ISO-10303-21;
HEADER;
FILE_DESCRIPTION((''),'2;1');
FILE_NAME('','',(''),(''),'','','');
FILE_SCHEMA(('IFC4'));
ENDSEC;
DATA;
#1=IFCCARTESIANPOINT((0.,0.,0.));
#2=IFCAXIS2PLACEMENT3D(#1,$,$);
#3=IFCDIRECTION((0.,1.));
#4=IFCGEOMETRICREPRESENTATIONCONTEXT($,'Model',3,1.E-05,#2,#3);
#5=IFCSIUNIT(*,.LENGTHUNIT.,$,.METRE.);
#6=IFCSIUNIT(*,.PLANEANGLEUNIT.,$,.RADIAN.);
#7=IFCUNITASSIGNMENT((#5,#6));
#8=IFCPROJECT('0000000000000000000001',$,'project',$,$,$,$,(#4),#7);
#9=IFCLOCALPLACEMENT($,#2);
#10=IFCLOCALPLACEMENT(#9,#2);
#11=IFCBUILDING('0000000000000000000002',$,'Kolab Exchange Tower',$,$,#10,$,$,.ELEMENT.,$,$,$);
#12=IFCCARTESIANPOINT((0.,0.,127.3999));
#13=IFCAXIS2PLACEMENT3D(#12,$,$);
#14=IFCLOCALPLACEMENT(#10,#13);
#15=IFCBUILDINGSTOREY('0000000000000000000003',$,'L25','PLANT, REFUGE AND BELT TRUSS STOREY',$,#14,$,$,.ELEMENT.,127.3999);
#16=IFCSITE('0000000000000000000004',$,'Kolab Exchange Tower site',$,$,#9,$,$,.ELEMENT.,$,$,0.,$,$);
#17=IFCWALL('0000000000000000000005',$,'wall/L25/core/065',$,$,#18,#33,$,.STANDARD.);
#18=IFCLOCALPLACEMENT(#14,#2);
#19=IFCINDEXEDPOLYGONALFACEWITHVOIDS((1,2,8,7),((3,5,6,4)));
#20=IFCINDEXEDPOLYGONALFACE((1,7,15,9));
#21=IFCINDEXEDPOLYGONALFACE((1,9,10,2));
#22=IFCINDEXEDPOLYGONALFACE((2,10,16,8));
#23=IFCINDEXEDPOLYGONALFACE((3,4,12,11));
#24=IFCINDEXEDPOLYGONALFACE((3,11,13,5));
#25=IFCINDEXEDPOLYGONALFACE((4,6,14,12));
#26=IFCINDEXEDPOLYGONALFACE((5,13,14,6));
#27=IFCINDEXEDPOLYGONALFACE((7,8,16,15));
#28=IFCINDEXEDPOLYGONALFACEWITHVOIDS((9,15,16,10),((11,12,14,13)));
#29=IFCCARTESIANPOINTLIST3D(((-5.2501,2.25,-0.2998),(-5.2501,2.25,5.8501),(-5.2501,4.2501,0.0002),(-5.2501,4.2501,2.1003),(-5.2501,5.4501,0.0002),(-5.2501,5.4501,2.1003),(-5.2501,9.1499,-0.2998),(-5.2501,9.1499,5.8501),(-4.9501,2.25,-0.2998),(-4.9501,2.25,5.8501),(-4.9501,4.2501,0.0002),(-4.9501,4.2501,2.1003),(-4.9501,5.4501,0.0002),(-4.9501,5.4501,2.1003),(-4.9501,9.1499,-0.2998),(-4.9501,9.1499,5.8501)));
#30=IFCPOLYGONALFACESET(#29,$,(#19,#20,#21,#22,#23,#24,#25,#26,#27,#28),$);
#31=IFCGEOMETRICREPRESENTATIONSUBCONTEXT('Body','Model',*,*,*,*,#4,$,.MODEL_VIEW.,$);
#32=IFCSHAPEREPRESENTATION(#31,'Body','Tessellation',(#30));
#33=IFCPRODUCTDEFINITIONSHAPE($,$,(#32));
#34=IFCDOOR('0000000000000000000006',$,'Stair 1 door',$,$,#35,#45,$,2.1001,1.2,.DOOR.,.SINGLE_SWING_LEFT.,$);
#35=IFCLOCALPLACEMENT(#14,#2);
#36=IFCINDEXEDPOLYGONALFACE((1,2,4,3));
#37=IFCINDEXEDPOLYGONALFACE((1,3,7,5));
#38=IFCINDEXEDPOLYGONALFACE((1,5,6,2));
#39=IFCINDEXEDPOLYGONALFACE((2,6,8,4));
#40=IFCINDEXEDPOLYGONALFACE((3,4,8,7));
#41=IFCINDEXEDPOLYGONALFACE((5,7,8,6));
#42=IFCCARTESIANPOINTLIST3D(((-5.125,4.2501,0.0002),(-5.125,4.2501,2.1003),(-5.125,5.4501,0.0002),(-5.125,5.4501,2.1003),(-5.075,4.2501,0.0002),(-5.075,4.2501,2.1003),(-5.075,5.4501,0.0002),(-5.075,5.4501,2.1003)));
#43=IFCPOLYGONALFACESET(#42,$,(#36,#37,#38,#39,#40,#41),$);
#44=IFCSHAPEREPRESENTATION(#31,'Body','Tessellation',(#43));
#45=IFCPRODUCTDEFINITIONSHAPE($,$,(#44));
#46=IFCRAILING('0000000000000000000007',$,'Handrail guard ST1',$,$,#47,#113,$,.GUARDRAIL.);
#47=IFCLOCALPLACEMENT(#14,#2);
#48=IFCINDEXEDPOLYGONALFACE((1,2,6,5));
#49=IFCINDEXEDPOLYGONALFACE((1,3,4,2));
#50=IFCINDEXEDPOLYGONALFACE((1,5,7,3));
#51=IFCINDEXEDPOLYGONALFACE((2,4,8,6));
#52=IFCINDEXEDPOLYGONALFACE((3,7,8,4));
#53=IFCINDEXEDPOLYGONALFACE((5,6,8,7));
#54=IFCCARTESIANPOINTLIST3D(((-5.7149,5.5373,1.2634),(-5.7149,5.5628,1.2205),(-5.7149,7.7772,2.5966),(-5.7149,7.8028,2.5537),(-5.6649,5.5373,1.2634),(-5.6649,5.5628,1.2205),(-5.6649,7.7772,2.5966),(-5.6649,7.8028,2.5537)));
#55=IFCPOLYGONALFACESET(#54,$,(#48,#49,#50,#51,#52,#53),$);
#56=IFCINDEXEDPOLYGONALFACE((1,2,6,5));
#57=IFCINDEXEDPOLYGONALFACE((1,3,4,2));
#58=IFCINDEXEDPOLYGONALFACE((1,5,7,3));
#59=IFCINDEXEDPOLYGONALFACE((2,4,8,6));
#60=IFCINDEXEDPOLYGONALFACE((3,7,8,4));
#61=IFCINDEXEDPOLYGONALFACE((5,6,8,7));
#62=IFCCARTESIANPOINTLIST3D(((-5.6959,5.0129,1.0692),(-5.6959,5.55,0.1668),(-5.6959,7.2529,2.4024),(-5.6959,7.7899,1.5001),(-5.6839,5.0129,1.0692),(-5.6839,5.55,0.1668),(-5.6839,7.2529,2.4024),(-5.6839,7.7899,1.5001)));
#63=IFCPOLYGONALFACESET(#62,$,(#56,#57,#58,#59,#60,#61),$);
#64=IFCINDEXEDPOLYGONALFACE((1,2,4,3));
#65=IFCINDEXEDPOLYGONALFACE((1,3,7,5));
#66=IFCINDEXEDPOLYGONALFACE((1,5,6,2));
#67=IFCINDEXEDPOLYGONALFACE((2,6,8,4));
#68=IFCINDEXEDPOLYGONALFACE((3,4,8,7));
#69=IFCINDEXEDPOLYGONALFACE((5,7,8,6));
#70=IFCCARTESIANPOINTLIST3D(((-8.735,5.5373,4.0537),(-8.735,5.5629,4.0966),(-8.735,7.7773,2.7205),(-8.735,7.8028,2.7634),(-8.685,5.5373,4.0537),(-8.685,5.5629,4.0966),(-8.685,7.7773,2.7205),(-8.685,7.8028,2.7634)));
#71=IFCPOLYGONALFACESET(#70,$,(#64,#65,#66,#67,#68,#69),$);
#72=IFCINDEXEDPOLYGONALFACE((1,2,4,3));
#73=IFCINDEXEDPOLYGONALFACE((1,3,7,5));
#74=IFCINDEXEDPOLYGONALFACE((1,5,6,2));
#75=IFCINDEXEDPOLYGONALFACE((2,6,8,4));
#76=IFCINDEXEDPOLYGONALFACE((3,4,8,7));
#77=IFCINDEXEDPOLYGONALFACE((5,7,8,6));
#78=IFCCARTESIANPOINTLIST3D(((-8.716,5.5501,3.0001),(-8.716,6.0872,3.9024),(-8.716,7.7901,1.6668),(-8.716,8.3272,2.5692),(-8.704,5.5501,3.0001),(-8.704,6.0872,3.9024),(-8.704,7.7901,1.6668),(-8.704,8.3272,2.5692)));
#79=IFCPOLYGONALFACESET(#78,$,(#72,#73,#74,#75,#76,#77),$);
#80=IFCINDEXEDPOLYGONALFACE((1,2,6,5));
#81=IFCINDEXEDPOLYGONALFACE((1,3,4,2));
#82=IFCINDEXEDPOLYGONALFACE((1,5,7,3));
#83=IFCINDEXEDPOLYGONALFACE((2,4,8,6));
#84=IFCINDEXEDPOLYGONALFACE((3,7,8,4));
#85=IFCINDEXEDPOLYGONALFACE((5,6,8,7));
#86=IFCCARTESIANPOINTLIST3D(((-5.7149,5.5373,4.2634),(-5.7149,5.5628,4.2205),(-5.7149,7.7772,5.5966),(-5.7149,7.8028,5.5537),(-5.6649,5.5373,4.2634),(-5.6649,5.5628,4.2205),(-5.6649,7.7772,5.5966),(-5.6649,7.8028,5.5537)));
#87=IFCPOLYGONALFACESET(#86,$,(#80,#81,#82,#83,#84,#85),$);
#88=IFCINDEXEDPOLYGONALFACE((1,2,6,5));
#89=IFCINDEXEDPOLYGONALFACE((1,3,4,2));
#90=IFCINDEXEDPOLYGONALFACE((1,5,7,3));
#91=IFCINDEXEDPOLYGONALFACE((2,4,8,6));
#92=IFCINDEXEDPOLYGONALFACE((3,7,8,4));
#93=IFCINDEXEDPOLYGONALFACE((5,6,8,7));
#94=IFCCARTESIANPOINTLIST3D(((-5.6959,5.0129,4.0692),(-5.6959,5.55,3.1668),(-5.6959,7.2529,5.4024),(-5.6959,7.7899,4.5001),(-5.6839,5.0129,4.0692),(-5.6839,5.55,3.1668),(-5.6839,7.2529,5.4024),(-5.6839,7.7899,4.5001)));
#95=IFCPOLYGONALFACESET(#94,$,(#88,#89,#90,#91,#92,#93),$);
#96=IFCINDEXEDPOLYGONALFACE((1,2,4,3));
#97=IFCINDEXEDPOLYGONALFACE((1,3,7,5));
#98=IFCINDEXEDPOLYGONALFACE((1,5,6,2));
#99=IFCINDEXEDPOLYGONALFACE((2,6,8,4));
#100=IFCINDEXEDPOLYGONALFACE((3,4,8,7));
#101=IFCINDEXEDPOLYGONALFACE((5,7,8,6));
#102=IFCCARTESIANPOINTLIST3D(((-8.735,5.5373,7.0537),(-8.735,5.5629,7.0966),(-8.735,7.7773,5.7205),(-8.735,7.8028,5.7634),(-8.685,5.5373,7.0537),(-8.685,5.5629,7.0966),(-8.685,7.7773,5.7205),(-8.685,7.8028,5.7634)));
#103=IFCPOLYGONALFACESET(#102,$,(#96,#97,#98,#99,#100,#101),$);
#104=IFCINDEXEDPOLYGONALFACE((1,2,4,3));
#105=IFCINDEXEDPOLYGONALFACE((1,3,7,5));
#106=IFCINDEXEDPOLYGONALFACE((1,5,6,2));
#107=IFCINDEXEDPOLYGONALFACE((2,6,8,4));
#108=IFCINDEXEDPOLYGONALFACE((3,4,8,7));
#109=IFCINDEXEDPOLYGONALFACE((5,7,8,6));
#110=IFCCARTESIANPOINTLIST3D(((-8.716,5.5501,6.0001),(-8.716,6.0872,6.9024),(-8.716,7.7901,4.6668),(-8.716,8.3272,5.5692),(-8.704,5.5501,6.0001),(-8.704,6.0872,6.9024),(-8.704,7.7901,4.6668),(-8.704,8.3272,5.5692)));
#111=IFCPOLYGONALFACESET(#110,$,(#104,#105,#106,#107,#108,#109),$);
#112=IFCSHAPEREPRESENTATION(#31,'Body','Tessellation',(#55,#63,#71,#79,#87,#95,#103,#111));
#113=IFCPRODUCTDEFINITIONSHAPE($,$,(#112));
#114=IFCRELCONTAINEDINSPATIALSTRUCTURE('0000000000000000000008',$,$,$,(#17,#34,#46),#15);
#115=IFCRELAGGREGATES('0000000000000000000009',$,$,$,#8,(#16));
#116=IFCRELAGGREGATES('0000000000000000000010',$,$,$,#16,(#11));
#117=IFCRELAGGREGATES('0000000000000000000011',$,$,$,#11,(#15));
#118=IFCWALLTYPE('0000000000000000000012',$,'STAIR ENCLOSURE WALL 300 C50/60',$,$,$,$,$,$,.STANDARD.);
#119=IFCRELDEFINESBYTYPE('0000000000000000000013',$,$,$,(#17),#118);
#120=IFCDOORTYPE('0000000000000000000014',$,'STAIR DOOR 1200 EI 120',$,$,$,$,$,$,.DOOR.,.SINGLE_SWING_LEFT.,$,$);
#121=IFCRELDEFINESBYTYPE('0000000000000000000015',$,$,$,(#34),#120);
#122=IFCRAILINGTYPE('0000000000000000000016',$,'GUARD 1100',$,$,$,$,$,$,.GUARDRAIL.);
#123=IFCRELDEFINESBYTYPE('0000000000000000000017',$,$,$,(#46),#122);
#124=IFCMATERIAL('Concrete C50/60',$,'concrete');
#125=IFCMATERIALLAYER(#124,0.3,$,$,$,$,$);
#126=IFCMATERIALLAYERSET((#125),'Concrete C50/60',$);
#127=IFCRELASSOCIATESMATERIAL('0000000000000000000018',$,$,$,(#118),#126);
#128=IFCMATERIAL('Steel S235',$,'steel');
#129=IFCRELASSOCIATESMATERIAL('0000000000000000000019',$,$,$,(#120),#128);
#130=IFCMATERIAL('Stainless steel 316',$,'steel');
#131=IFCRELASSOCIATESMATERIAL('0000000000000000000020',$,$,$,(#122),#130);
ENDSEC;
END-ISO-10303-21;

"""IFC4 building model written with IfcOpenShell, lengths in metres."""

from ifc_helpers import new_model, si_unit, direction, frame, frame_2d, origin, origin_2d, place, context, subcontext, project, spatial, rectangle, extrude, material, layer, layer_set, type_object, element, fill, save


model = new_model("IFC4")

# Units and contexts
model_context = context("Model", 3, precision=1e-05, world=origin(), true_north=direction((0.0, 1.0)))
body_context = subcontext(model_context, "Body", "Model", "MODEL_VIEW")
ifc_project = project(units=[si_unit("LENGTHUNIT", "METRE"), si_unit("PLANEANGLEUNIT", "RADIAN")], contexts=[model_context])

# Site, building, storey
site_placement = place(None, origin())
site = spatial("IfcSite", under=ifc_project, at=site_placement, Name="Kolab Exchange Tower site", CompositionType="ELEMENT", RefElevation=0.0)
building_placement = place(site_placement, origin())
building = spatial("IfcBuilding", under=site, at=building_placement, Name="Kolab Exchange Tower", CompositionType="ELEMENT")
storey_placement = place(building_placement, frame((0.0, 0.0, 127.3999)))
storey = spatial("IfcBuildingStorey", under=building, at=storey_placement, Name="L25", Description="PLANT, REFUGE AND BELT TRUSS STOREY", CompositionType="ELEMENT", Elevation=127.3999)

# Shared definitions
ifc_material_1 = material(Name="Steel S235", Category="steel")
ifc_material_2 = material(Name="Concrete C50/60", Category="concrete")

# Wall, opening, door
ifc_layer_1 = layer(ifc_material_2, 0.3)
ifc_layer_set_1 = layer_set([ifc_layer_1], Name="Concrete C50/60")
wall_type_1 = type_object("IfcWallType", Name="STAIR ENCLOSURE WALL 300 C50/60", PredefinedType="STANDARD", material=ifc_layer_set_1)
wall_1_placement = place(storey_placement, frame((-5.1001, 2.25, -0.2998), z_axis=(0.0, 0.0, 1.0), x_axis=(0.0, 1.0, 0.0)))
wall_1 = element("IfcWall", 1, at=wall_1_placement, inside=storey, type_object=wall_type_1, Name="wall/L25/core/065", PredefinedType="STANDARD", context=body_context, shape_type="SweptSolid", body=[
    extrude(rectangle(XDim=6.8999, YDim=0.3, at=frame_2d((3.45, 0.0))), origin(), (0.0, 0.0, 1.0), 6.1499),
])
opening_1_placement = place(wall_1_placement, frame((2.0, 0.0, 0.3)))
opening_1 = element("IfcOpeningElement", 2, at=opening_1_placement, cuts=wall_1, PredefinedType="OPENING", context=body_context, shape_type="SweptSolid", body=[
    extrude(rectangle(XDim=1.2, YDim=2.1001, at=frame_2d((0.6001, 1.05))), frame((0.0, 0.1602, 0.0), z_axis=(0.0, -1.0, 0.0), x_axis=(1.0, 0.0, 0.0)), (0.0, 0.0, 1.0), 0.3201),
])
door_type_1 = type_object("IfcDoorType", Name="STAIR DOOR 1200 EI 120", OperationType="SINGLE_SWING_LEFT", PredefinedType="DOOR", material=ifc_material_1)
door_1_placement = place(opening_1_placement, origin())
door_1 = element("IfcDoor", 3, at=door_1_placement, inside=storey, type_object=door_type_1, Name="Stair 1 door", OperationType="SINGLE_SWING_LEFT", OverallHeight=2.1001, OverallWidth=1.2, PredefinedType="DOOR", context=body_context, shape_type="SweptSolid", body=[
    extrude(rectangle(XDim=1.2, YDim=2.1001, at=frame_2d((0.6001, 1.05))), frame((0.0, 0.0249, 0.0), z_axis=(0.0, -1.0, 0.0), x_axis=(1.0, 0.0, 0.0)), (0.0, 0.0, 1.0), 0.05),
])
fill(opening_1, door_1)

# Railing
ifc_material_3 = material(Name="Stainless steel 316", Category="steel")
railing_type = type_object("IfcRailingType", Name="GUARD 1100", PredefinedType="GUARDRAIL", material=ifc_material_3)
railing_placement = place(storey_placement, frame((-5.6899, 5.55, 0.1667)))
element("IfcRailing", 4, at=railing_placement, inside=storey, type_object=railing_type, Name="Handrail guard ST1", PredefinedType="GUARDRAIL", context=body_context, shape_type="SweptSolid", body=[
    extrude(rectangle(XDim=0.05, YDim=0.05, at=origin_2d()), frame((0.0, 0.0, 1.0752), z_axis=(0.0, 0.859306, 0.511462), x_axis=(-1.0, 0.0, 0.0)), (0.0, 0.0, 1.0), 2.6067),
    extrude(rectangle(XDim=0.012, YDim=1.0501, at=frame_2d((0.0, 0.5251))), frame((0.0, 0.0, 0.0), z_axis=(0.0, 0.859306, 0.511462), x_axis=(-1.0, 0.0, 0.0)), (0.0, 0.0, 1.0), 2.6067),
    extrude(rectangle(XDim=0.05, YDim=0.05, at=origin_2d()), frame((-3.02, 2.24, 2.5752), z_axis=(0.0, -0.859306, 0.511462), x_axis=(1.0, 0.0, 0.0)), (0.0, 0.0, 1.0), 2.6067),
    extrude(rectangle(XDim=0.012, YDim=1.0501, at=frame_2d((0.0, 0.5251))), frame((-3.02, 2.24, 1.5), z_axis=(0.0, -0.859306, 0.511462), x_axis=(1.0, 0.0, 0.0)), (0.0, 0.0, 1.0), 2.6067),
    extrude(rectangle(XDim=0.05, YDim=0.05, at=origin_2d()), frame((0.0, 0.0, 4.0752), z_axis=(0.0, 0.859306, 0.511462), x_axis=(-1.0, 0.0, 0.0)), (0.0, 0.0, 1.0), 2.6067),
    extrude(rectangle(XDim=0.012, YDim=1.0501, at=frame_2d((0.0, 0.5251))), frame((0.0, 0.0, 3.0), z_axis=(0.0, 0.859306, 0.511462), x_axis=(-1.0, 0.0, 0.0)), (0.0, 0.0, 1.0), 2.6067),
    extrude(rectangle(XDim=0.05, YDim=0.05, at=origin_2d()), frame((-3.02, 2.24, 5.5752), z_axis=(0.0, -0.859306, 0.511462), x_axis=(1.0, 0.0, 0.0)), (0.0, 0.0, 1.0), 2.6067),
    extrude(rectangle(XDim=0.012, YDim=1.0501, at=frame_2d((0.0, 0.5251))), frame((-3.02, 2.24, 4.5), z_axis=(0.0, -0.859306, 0.511462), x_axis=(1.0, 0.0, 0.0)), (0.0, 0.0, 1.0), 2.6067),
])

save(model, "model.ifc")
